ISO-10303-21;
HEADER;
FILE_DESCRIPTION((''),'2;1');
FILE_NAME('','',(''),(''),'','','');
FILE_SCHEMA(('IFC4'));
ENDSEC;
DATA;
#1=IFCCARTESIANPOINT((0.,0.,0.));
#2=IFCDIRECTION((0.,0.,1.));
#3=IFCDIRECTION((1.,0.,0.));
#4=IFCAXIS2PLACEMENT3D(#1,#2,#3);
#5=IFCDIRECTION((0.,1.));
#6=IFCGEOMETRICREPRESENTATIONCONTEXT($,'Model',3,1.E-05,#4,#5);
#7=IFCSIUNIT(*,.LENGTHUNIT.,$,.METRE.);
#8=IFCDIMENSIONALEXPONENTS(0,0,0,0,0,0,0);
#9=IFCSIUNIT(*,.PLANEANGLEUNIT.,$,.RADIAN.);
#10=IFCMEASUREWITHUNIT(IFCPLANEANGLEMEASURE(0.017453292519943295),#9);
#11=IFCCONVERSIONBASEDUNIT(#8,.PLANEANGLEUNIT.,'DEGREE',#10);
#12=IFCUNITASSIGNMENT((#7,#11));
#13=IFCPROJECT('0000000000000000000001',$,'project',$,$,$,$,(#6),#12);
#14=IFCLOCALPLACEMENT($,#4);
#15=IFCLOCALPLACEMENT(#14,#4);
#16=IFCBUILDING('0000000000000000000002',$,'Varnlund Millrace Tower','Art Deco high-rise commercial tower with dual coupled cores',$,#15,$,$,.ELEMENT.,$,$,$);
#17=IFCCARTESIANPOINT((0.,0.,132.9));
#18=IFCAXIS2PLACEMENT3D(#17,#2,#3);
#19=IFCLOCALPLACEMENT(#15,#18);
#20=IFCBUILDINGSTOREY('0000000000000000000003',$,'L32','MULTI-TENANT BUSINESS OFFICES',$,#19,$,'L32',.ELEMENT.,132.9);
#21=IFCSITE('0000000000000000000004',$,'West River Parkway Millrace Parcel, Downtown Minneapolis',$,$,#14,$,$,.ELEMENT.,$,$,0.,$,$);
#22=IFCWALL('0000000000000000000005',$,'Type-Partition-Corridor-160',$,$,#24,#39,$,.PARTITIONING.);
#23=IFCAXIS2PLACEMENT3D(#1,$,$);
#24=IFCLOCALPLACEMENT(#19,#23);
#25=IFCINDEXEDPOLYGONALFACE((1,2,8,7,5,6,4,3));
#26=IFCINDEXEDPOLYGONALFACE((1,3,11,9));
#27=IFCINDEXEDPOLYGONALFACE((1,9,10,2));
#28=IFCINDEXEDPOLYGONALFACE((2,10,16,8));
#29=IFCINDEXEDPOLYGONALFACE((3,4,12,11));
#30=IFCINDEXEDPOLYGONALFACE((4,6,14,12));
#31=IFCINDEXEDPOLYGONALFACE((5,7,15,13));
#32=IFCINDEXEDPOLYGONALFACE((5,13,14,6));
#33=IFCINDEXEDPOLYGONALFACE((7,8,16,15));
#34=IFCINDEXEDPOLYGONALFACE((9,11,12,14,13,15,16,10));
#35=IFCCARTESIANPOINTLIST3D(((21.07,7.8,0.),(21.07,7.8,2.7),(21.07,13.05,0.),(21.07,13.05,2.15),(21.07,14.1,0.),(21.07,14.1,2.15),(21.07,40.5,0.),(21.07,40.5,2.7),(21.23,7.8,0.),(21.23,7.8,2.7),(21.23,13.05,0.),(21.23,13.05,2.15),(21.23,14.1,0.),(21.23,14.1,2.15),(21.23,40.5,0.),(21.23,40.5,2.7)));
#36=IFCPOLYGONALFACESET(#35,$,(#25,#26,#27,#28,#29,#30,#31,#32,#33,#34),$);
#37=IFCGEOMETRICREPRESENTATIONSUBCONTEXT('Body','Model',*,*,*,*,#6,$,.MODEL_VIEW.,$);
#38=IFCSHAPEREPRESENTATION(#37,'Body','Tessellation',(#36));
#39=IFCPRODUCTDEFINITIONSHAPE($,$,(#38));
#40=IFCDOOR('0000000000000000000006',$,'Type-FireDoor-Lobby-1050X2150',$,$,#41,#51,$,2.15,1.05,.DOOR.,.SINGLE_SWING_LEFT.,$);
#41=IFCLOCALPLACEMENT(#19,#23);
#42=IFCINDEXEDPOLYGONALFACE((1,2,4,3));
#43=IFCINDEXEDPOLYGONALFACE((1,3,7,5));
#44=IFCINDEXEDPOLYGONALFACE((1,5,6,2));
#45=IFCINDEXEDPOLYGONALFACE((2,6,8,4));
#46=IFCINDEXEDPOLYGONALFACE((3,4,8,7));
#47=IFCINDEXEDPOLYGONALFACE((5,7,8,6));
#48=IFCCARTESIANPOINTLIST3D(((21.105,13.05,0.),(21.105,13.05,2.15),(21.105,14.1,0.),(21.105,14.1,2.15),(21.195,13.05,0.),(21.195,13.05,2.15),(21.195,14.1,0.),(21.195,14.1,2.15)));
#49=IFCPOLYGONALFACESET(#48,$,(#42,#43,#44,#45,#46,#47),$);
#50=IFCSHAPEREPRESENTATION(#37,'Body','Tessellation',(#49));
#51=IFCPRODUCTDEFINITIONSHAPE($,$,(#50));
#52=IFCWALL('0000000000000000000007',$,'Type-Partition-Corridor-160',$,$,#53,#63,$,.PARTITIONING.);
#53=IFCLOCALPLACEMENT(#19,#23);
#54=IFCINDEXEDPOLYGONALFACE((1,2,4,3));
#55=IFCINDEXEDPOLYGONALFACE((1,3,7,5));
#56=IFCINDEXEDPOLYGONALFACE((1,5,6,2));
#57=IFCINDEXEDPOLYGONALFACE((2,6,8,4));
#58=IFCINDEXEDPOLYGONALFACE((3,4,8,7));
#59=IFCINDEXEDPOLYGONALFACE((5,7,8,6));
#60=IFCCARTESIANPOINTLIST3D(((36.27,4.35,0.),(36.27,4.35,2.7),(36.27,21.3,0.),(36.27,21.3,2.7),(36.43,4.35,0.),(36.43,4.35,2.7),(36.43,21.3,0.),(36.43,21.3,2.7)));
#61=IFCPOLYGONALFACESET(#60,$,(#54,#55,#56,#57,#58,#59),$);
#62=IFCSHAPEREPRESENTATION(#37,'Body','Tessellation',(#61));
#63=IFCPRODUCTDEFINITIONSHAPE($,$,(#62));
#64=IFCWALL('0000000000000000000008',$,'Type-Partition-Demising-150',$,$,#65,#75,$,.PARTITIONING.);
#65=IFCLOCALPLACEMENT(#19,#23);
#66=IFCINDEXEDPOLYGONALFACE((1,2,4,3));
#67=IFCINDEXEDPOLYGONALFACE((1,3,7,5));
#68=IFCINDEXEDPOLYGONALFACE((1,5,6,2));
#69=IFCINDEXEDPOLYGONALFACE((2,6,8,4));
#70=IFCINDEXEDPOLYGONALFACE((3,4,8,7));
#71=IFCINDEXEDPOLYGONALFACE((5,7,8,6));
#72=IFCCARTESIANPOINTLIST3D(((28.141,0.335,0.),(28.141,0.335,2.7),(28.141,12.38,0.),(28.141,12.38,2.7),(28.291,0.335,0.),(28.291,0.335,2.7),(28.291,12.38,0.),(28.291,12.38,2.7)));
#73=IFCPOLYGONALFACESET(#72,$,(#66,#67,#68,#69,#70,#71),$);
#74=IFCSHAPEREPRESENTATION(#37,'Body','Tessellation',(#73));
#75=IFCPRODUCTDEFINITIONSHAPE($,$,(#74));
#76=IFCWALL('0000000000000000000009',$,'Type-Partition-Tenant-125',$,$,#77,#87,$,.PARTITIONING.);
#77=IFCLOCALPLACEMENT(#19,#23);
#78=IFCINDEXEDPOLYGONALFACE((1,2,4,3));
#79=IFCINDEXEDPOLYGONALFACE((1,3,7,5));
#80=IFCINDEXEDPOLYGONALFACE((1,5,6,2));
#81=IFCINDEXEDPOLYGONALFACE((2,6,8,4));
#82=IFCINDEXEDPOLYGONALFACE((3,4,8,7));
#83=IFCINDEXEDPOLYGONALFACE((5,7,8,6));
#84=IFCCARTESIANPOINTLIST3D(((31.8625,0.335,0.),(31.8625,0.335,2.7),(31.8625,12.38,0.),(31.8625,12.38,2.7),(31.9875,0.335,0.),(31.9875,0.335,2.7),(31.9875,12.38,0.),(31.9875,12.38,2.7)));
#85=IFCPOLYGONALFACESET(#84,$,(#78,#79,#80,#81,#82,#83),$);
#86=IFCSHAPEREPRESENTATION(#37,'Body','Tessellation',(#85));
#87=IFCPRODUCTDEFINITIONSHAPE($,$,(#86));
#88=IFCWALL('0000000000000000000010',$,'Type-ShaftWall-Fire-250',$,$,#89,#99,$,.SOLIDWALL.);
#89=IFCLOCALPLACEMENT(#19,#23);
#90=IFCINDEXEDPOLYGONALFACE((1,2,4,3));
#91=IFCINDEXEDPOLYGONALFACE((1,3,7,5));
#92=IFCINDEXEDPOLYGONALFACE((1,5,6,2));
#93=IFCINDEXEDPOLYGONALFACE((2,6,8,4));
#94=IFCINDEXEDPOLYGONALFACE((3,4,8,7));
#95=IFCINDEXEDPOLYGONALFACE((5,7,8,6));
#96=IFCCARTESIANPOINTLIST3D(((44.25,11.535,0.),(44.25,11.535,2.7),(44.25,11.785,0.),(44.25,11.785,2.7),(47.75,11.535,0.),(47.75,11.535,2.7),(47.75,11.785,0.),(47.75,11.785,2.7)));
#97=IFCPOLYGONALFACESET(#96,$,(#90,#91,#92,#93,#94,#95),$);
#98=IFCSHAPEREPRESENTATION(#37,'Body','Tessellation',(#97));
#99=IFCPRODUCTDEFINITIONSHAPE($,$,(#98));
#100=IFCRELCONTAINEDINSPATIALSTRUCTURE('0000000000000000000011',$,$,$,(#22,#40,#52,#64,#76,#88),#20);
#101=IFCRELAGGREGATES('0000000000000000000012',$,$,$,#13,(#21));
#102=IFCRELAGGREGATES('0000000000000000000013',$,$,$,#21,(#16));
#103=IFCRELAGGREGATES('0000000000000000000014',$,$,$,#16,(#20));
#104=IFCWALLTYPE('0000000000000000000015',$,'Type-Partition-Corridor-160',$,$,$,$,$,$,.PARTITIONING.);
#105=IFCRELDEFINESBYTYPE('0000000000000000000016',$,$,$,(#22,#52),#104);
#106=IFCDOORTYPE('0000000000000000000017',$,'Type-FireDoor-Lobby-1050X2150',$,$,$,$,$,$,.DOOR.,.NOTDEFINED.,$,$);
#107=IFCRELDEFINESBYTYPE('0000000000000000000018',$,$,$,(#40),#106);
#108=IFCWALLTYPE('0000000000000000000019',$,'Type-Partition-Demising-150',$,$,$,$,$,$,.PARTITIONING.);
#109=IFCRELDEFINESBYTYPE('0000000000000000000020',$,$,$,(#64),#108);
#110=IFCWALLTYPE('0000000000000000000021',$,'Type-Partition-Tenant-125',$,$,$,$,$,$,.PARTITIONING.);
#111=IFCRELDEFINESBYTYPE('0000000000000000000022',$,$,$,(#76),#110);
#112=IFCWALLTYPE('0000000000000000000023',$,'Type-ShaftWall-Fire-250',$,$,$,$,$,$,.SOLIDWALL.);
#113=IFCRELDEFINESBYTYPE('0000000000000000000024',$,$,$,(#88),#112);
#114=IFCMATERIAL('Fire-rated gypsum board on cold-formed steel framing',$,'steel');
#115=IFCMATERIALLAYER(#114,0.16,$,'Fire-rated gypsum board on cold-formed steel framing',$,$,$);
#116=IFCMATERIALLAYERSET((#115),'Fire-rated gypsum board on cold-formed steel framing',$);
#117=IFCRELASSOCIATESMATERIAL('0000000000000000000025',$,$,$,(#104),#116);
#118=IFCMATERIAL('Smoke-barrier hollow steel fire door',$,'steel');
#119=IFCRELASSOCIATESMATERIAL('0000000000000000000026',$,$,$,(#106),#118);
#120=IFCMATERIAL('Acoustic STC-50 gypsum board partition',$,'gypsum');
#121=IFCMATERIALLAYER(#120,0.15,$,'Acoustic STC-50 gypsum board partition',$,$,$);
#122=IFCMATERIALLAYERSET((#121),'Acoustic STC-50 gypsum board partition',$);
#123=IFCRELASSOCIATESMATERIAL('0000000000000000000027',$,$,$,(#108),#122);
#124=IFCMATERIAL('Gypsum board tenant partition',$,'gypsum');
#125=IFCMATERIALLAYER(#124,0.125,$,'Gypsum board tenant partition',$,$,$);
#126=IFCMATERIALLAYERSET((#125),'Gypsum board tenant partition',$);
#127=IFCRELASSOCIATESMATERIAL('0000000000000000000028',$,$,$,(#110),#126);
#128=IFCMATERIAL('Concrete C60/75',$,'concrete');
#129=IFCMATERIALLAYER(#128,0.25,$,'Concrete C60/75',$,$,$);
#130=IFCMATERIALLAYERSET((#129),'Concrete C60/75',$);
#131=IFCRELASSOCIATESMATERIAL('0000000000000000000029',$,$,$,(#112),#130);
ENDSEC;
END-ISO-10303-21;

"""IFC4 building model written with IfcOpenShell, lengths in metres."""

from ifc_helpers import new_model, entity, si_unit, converted_unit, direction, frame, origin_with_axes, origin_2d_with_axis, place, context, subcontext, project, spatial, polyline, rectangle, outline, extrude, material, layer, layer_set, type_object, element, fill, save


model = new_model("IFC4")

# Units and contexts
model_context = context("Model", 3, precision=1e-05, world=origin_with_axes(), true_north=direction((0.0, 1.0)))
body_context = subcontext(model_context, "Body", "Model", "MODEL_VIEW")
ifc_project = project(units=[si_unit("LENGTHUNIT", "METRE"), converted_unit("PLANEANGLEUNIT", "DEGREE", entity("IfcPlaneAngleMeasure", 0.017453292519943295), si_unit("PLANEANGLEUNIT", "RADIAN"), dimensions=[0, 0, 0, 0, 0, 0, 0])], contexts=[model_context])

# Site, building, storey
site_placement = place(None, origin_with_axes())
site = spatial("IfcSite", under=ifc_project, at=site_placement, Name="West River Parkway Millrace Parcel, Downtown Minneapolis", CompositionType="ELEMENT", RefElevation=0.0)
building_placement = place(site_placement, origin_with_axes())
building = spatial("IfcBuilding", under=site, at=building_placement, Name="Varnlund Millrace Tower", Description="Art Deco high-rise commercial tower with dual coupled cores", CompositionType="ELEMENT")
storey_placement = place(building_placement, frame((0.0, 0.0, 132.9), z_axis=(0.0, 0.0, 1.0), x_axis=(1.0, 0.0, 0.0)))
storey = spatial("IfcBuildingStorey", under=building, at=storey_placement, Name="L32", Description="MULTI-TENANT BUSINESS OFFICES", LongName="L32", CompositionType="ELEMENT", Elevation=132.9)

# Wall, opening, door
ifc_material_1 = material(Name="Fire-rated gypsum board on cold-formed steel framing", Category="steel")
ifc_layer_1 = layer(ifc_material_1, 0.16, Name="Fire-rated gypsum board on cold-formed steel framing")
ifc_layer_set_1 = layer_set([ifc_layer_1], Name="Fire-rated gypsum board on cold-formed steel framing")
wall_type_1 = type_object("IfcWallType", Name="Type-Partition-Corridor-160", PredefinedType="PARTITIONING", material=ifc_layer_set_1)
wall_1_placement = place(storey_placement, frame((21.15, 7.8, 0.0), z_axis=(0.0, 0.0, 1.0), x_axis=(0.0, 1.0, 0.0)))
wall_1 = element("IfcWall", 1, at=wall_1_placement, inside=storey, type_object=wall_type_1, Name="Type-Partition-Corridor-160", PredefinedType="PARTITIONING", context=body_context, shape_type="SweptSolid", body=[
    extrude(outline(polyline([(0.0, -0.08), (32.7, -0.08), (32.7, 0.08), (0.0, 0.08), (0.0, -0.08)])), origin_with_axes(), (0.0, 0.0, 1.0), 2.7),
])
opening_1_placement = place(wall_1_placement, frame((5.775, 0.0, 0.0), z_axis=(0.0, 0.0, 1.0), x_axis=(1.0, 0.0, 0.0)))
opening_1 = element("IfcOpeningElement", 2, at=opening_1_placement, cuts=wall_1, PredefinedType="OPENING", context=body_context, shape_type="SweptSolid", body=[
    extrude(rectangle(XDim=1.05, YDim=0.18, at=origin_2d_with_axis()), origin_with_axes(), (0.0, 0.0, 1.0), 2.15),
])
ifc_material_2 = material(Name="Smoke-barrier hollow steel fire door", Category="steel")
door_type_1 = type_object("IfcDoorType", Name="Type-FireDoor-Lobby-1050X2150", OperationType="NOTDEFINED", PredefinedType="DOOR", material=ifc_material_2)
door_1_placement = place(wall_1_placement, frame((5.775, 0.0, 0.0), z_axis=(0.0, 0.0, 1.0), x_axis=(1.0, 0.0, 0.0)))
door_1 = element("IfcDoor", 3, at=door_1_placement, inside=storey, type_object=door_type_1, Name="Type-FireDoor-Lobby-1050X2150", OperationType="SINGLE_SWING_LEFT", OverallHeight=2.15, OverallWidth=1.05, PredefinedType="DOOR", context=body_context, shape_type="SweptSolid", body=[
    extrude(rectangle(XDim=1.05, YDim=0.09, at=origin_2d_with_axis()), origin_with_axes(), (0.0, 0.0, 1.0), 2.15),
])
fill(opening_1, door_1)

# Walls
wall_2_placement = place(storey_placement, frame((36.35, 4.35, 0.0), z_axis=(0.0, 0.0, 1.0), x_axis=(0.0, 1.0, 0.0)))
element("IfcWall", 4, at=wall_2_placement, inside=storey, type_object=wall_type_1, Name="Type-Partition-Corridor-160", PredefinedType="PARTITIONING", context=body_context, shape_type="SweptSolid", body=[
    extrude(outline(polyline([(0.0, -0.08), (16.95, -0.08), (16.95, 0.08), (0.0, 0.08), (0.0, -0.08)])), origin_with_axes(), (0.0, 0.0, 1.0), 2.7),
])
ifc_material_3 = material(Name="Acoustic STC-50 gypsum board partition", Category="gypsum")
ifc_layer_2 = layer(ifc_material_3, 0.15, Name="Acoustic STC-50 gypsum board partition")
ifc_layer_set_2 = layer_set([ifc_layer_2], Name="Acoustic STC-50 gypsum board partition")
wall_type_2 = type_object("IfcWallType", Name="Type-Partition-Demising-150", PredefinedType="PARTITIONING", material=ifc_layer_set_2)
wall_3_placement = place(storey_placement, frame((28.216, 0.335, 0.0), z_axis=(0.0, 0.0, 1.0), x_axis=(0.0, 1.0, 0.0)))
element("IfcWall", 5, at=wall_3_placement, inside=storey, type_object=wall_type_2, Name="Type-Partition-Demising-150", PredefinedType="PARTITIONING", context=body_context, shape_type="SweptSolid", body=[
    extrude(outline(polyline([(0.0, -0.075), (12.045, -0.075), (12.045, 0.075), (0.0, 0.075), (0.0, -0.075)])), origin_with_axes(), (0.0, 0.0, 1.0), 2.7),
])
ifc_material_4 = material(Name="Gypsum board tenant partition", Category="gypsum")
ifc_layer_3 = layer(ifc_material_4, 0.125, Name="Gypsum board tenant partition")
ifc_layer_set_3 = layer_set([ifc_layer_3], Name="Gypsum board tenant partition")
wall_type_3 = type_object("IfcWallType", Name="Type-Partition-Tenant-125", PredefinedType="PARTITIONING", material=ifc_layer_set_3)
wall_4_placement = place(storey_placement, frame((31.925, 0.335, 0.0), z_axis=(0.0, 0.0, 1.0), x_axis=(0.0, 1.0, 0.0)))
element("IfcWall", 6, at=wall_4_placement, inside=storey, type_object=wall_type_3, Name="Type-Partition-Tenant-125", PredefinedType="PARTITIONING", context=body_context, shape_type="SweptSolid", body=[
    extrude(outline(polyline([(0.0, -0.0625), (12.045, -0.0625), (12.045, 0.0625), (0.0, 0.0625), (0.0, -0.0625)])), origin_with_axes(), (0.0, 0.0, 1.0), 2.7),
])
ifc_material_5 = material(Name="Concrete C60/75", Category="concrete")
ifc_layer_4 = layer(ifc_material_5, 0.25, Name="Concrete C60/75")
ifc_layer_set_4 = layer_set([ifc_layer_4], Name="Concrete C60/75")
wall_type_4 = type_object("IfcWallType", Name="Type-ShaftWall-Fire-250", PredefinedType="SOLIDWALL", material=ifc_layer_set_4)
wall_5_placement = place(storey_placement, frame((44.25, 11.66, 0.0), z_axis=(0.0, 0.0, 1.0), x_axis=(1.0, 0.0, 0.0)))
element("IfcWall", 7, at=wall_5_placement, inside=storey, type_object=wall_type_4, Name="Type-ShaftWall-Fire-250", PredefinedType="SOLIDWALL", context=body_context, shape_type="SweptSolid", body=[
    extrude(outline(polyline([(0.0, -0.125), (3.5, -0.125), (3.5, 0.125), (0.0, 0.125), (0.0, -0.125)])), origin_with_axes(), (0.0, 0.0, 1.0), 2.7),
])

save(model, "model.ifc")
